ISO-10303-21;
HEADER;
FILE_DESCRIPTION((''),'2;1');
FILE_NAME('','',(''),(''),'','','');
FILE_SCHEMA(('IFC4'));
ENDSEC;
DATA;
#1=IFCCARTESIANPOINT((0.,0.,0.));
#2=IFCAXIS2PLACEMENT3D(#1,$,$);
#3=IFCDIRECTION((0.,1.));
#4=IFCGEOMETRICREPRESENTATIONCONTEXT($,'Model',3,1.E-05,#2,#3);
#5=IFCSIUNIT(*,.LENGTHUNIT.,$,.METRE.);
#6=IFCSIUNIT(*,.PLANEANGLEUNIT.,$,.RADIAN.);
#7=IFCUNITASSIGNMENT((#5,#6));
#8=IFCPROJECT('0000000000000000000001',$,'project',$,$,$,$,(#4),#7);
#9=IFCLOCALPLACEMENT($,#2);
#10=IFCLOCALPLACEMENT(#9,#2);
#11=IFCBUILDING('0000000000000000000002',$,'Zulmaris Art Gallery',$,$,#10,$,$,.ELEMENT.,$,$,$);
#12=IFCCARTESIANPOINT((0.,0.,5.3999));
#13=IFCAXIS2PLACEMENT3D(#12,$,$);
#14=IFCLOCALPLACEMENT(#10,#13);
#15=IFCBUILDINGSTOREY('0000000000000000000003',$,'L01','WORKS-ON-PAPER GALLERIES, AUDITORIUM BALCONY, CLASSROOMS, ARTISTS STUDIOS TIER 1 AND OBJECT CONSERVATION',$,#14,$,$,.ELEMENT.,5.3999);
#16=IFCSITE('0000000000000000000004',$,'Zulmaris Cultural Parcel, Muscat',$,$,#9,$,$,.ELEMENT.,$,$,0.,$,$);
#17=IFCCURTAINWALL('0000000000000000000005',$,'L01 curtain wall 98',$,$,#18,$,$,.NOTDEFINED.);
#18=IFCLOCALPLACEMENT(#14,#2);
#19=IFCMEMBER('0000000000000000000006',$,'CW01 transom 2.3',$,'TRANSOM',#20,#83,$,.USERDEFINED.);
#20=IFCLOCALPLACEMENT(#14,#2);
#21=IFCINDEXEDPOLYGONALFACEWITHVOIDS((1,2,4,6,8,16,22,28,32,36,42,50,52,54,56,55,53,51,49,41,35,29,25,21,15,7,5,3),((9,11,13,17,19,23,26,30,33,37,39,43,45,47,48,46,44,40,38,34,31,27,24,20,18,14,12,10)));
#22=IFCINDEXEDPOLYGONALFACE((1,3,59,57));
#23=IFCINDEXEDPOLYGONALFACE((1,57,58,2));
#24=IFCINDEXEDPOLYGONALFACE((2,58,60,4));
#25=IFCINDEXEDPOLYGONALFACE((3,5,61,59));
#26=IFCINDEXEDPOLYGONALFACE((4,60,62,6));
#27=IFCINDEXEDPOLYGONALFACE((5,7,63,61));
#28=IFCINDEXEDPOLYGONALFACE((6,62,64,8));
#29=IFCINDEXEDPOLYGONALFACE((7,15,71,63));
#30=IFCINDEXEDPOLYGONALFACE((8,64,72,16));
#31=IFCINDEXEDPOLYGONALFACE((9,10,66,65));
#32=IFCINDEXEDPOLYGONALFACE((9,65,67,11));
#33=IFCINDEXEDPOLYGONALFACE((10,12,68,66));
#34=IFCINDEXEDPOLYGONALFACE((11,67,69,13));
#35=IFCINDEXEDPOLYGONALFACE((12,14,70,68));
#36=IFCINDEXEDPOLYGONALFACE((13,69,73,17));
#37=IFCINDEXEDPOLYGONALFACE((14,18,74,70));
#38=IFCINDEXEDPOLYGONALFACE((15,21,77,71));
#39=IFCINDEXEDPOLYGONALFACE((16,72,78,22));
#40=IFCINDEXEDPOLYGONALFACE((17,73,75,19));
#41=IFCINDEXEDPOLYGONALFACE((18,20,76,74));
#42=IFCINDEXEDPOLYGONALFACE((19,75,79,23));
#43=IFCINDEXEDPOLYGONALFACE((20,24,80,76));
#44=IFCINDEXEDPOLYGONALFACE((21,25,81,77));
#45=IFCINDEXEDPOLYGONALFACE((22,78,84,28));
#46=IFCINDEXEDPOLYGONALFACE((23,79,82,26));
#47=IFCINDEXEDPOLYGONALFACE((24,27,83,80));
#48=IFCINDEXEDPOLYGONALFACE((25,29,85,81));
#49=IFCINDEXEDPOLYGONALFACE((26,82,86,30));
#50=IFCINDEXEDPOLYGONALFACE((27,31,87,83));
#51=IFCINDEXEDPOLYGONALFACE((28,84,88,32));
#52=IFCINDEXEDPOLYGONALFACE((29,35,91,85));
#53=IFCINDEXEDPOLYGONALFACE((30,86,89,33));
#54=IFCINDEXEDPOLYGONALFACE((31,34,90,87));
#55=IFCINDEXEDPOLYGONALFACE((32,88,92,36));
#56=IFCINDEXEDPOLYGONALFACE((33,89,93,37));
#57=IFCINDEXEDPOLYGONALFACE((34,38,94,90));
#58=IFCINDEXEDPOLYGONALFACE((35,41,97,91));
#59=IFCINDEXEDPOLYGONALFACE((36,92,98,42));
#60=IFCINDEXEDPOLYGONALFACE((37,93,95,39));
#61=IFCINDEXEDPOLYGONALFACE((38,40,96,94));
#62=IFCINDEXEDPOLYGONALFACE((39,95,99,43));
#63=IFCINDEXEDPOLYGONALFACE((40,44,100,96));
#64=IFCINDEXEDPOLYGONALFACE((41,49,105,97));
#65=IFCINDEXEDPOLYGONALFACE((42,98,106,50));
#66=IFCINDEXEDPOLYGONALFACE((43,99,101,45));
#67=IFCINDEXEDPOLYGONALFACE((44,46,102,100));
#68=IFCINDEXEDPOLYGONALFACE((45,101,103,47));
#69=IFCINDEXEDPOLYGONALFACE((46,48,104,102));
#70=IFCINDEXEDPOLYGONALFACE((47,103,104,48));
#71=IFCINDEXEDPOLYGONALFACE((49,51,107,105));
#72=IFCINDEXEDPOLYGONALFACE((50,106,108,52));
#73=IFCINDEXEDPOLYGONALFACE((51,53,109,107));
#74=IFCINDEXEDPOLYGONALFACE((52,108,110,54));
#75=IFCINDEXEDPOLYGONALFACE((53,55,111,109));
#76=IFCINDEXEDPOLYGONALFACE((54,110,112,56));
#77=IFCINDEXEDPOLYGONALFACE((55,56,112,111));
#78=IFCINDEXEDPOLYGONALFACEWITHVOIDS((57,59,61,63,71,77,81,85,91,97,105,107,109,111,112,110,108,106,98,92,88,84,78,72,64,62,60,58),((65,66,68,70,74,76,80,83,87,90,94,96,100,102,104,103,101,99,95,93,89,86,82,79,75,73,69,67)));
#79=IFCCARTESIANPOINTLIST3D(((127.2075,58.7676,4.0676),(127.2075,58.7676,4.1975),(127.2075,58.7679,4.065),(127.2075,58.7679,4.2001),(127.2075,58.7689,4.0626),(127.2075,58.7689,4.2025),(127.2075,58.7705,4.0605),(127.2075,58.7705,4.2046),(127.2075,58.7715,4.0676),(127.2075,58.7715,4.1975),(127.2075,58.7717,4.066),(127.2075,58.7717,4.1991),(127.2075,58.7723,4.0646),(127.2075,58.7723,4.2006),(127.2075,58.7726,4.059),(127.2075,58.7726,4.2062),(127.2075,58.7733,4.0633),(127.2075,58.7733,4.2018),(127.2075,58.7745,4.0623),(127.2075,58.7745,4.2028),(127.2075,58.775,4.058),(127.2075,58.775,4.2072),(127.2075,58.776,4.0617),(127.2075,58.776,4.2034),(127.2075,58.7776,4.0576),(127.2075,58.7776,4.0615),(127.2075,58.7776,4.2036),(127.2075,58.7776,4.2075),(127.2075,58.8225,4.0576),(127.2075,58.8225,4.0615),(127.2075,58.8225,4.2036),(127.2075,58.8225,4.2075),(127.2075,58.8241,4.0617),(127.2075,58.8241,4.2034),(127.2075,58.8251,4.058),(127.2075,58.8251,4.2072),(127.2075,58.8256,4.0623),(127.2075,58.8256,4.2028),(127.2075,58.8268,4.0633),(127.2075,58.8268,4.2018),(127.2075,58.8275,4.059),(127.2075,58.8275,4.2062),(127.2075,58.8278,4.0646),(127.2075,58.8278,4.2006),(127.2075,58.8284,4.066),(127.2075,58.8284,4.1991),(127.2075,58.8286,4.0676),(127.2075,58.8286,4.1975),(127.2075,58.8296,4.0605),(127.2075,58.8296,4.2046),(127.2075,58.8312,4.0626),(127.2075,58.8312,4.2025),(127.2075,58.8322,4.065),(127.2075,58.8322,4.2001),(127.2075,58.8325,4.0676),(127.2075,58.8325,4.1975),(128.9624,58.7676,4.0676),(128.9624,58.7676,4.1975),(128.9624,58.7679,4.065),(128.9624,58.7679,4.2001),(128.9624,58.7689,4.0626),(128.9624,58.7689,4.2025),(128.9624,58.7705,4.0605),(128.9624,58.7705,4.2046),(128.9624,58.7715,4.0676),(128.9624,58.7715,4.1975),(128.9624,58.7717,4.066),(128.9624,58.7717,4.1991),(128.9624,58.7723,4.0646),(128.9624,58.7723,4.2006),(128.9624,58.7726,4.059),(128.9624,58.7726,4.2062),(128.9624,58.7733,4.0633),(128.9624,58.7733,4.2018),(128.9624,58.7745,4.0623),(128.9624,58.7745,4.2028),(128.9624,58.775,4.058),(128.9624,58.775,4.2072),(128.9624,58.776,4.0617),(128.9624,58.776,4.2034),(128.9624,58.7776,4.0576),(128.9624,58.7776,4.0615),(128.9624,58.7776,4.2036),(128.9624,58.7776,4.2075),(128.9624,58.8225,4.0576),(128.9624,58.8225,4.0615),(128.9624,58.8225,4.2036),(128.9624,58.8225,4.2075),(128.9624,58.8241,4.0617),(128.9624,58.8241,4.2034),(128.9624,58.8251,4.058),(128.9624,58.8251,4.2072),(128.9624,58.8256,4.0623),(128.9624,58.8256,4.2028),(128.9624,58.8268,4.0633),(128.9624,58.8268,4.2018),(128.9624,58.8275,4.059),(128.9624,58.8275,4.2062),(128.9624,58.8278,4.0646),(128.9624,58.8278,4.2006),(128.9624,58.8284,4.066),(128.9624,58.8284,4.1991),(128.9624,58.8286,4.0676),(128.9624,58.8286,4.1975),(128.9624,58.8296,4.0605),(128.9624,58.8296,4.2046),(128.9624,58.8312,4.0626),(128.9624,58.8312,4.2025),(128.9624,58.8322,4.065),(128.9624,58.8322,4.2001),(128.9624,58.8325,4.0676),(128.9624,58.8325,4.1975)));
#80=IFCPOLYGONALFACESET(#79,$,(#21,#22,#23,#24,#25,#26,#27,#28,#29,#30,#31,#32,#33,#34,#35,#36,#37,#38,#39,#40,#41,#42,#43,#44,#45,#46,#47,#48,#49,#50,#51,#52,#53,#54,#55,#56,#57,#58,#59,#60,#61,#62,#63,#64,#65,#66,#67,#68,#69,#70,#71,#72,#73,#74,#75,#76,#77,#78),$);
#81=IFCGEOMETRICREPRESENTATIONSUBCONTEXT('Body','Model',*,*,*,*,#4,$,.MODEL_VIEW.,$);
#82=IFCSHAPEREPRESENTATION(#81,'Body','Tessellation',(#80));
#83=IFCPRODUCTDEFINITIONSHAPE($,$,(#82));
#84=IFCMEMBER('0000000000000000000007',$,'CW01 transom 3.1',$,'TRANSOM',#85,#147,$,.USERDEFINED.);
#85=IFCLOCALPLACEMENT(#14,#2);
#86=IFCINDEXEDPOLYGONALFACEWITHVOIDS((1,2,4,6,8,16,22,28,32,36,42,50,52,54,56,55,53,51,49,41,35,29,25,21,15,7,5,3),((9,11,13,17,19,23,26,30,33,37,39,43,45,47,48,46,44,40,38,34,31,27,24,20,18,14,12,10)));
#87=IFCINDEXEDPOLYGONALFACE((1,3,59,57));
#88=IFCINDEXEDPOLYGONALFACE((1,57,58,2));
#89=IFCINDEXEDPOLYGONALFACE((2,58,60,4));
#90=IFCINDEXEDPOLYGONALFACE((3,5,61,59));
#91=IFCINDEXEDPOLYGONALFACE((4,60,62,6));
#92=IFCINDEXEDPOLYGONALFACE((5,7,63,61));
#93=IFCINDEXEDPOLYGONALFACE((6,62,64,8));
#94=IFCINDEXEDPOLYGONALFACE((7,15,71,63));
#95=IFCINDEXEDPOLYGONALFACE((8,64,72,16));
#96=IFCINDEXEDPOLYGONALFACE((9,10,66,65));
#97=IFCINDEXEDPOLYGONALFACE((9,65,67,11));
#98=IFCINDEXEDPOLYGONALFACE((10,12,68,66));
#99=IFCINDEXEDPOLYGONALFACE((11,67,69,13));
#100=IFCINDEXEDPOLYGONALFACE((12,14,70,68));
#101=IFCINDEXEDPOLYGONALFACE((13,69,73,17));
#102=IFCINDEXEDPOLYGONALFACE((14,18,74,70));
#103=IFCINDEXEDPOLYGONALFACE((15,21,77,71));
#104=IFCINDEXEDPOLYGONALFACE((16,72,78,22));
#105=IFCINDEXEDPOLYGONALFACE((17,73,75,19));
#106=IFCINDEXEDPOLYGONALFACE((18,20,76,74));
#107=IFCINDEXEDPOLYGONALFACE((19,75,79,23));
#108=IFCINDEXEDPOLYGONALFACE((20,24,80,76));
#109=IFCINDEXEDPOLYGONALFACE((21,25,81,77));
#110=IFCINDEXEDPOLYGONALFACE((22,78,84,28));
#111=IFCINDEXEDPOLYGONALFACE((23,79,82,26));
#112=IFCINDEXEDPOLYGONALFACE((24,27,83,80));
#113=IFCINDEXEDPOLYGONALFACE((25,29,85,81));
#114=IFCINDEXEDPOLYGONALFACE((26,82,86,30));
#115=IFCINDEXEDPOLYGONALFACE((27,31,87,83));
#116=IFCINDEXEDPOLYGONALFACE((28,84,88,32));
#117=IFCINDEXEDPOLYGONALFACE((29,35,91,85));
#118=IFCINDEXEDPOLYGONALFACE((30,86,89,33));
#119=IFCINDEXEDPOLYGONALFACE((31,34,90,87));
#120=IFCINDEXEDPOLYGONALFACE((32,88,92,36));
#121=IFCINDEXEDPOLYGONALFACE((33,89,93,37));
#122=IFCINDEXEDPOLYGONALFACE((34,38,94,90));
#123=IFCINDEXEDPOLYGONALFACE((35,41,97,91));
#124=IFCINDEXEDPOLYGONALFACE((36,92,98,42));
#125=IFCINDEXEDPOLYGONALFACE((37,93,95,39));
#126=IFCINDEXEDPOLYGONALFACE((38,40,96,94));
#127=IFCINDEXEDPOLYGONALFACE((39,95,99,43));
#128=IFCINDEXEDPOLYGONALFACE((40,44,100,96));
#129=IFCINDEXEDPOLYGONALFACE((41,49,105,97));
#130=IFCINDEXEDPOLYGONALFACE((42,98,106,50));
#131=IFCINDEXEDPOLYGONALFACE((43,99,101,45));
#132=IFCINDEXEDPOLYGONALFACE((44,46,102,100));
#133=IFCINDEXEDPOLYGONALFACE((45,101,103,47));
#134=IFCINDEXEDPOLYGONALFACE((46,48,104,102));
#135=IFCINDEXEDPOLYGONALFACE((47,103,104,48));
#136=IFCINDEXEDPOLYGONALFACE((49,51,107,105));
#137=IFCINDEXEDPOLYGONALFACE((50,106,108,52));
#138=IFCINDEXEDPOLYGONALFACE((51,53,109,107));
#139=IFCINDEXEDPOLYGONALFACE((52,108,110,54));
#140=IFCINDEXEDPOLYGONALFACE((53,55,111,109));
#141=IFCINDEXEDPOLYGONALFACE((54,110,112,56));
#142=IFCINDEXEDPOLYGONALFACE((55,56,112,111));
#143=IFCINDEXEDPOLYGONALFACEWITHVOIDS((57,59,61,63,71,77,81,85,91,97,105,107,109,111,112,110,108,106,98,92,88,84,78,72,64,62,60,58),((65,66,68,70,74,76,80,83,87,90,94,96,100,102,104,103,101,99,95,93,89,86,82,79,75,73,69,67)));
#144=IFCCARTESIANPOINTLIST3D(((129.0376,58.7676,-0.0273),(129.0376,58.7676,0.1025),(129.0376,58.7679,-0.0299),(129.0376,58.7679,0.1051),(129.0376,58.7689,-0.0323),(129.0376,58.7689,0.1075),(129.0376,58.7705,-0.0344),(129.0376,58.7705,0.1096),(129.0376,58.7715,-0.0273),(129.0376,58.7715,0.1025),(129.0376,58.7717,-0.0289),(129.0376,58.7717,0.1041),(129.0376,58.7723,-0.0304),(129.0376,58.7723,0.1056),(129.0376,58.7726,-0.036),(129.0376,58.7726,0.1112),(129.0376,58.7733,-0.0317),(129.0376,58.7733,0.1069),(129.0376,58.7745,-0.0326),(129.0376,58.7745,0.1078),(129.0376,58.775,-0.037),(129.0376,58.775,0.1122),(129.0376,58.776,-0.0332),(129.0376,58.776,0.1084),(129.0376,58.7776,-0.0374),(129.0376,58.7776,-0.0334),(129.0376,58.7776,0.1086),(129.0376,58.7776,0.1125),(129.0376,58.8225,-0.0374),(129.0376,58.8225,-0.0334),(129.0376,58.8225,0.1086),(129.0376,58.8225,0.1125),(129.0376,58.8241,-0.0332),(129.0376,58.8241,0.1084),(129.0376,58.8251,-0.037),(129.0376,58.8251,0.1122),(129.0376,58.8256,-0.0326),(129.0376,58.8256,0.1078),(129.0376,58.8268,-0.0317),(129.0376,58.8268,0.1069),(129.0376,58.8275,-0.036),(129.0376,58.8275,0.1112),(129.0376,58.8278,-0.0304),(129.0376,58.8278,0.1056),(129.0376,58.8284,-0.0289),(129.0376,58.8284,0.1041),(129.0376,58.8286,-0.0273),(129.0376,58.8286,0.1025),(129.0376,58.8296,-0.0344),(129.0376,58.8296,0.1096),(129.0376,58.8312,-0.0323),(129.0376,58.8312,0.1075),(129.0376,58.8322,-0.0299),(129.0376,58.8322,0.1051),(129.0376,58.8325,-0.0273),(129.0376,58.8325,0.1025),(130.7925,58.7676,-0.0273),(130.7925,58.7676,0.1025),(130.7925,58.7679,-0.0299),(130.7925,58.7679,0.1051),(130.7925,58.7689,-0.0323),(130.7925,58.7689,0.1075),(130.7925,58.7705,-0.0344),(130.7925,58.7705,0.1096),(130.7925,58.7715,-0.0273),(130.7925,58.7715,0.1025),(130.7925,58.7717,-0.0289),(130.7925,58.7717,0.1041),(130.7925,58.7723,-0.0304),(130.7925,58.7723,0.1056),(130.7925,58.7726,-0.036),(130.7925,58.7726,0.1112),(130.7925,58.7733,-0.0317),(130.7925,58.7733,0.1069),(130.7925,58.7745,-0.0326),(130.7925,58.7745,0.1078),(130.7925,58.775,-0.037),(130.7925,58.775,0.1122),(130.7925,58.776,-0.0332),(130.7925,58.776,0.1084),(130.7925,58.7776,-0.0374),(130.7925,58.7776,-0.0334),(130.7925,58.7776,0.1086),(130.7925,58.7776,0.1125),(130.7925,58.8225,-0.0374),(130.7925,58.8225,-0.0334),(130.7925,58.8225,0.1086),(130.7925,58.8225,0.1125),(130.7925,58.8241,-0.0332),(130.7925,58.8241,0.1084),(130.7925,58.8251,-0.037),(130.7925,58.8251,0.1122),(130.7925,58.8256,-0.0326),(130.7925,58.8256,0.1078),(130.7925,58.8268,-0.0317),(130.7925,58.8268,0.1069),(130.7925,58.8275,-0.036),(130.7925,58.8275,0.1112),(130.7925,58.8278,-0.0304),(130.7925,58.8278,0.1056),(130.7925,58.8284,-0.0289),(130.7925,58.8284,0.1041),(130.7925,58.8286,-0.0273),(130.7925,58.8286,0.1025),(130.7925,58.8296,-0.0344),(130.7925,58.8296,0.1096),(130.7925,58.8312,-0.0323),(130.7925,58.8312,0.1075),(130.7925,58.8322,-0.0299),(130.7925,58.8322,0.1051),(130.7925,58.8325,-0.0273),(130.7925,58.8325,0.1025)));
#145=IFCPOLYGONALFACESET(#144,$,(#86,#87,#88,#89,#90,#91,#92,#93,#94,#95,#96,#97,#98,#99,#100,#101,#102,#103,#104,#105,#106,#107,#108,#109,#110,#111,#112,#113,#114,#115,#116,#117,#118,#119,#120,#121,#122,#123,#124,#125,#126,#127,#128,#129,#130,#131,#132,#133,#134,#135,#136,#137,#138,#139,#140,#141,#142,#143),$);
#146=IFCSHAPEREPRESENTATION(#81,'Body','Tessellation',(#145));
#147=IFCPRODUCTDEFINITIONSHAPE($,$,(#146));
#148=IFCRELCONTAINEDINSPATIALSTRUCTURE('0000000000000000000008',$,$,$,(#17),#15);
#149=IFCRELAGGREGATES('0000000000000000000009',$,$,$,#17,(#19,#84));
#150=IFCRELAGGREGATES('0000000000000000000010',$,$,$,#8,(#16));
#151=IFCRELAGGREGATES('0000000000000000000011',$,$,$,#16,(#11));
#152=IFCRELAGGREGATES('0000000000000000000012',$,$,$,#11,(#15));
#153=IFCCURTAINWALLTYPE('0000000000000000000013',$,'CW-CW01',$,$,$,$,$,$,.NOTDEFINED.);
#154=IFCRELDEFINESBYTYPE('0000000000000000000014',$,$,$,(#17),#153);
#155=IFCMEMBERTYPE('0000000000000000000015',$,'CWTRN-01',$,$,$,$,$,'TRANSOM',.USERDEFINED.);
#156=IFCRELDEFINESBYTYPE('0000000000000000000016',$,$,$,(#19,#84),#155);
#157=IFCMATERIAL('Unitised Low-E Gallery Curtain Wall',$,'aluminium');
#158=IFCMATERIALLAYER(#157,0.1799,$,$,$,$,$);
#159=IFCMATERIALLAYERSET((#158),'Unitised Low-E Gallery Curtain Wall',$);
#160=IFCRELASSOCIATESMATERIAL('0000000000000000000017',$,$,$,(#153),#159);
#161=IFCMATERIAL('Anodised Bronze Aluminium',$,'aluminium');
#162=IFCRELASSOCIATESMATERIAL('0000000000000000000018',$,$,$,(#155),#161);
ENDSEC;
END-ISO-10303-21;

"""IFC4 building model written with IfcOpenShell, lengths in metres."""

from ifc_helpers import new_model, si_unit, direction, frame, origin, origin_2d, place, context, subcontext, project, spatial, hollow_rectangle, extrude, material, layer, layer_set, material_profile, profile_set, type_object, element, aggregate, save


model = new_model("IFC4")

# Units and contexts
model_context = context("Model", 3, precision=1e-05, world=origin(), true_north=direction((0.0, 1.0)))
body_context = subcontext(model_context, "Body", "Model", "MODEL_VIEW")
ifc_project = project(units=[si_unit("LENGTHUNIT", "METRE"), si_unit("PLANEANGLEUNIT", "RADIAN")], contexts=[model_context])

# Site, building, storey
site_placement = place(None, origin())
site = spatial("IfcSite", under=ifc_project, at=site_placement, Name="Zulmaris Cultural Parcel, Muscat", CompositionType="ELEMENT", RefElevation=0.0)
building_placement = place(site_placement, origin())
building = spatial("IfcBuilding", under=site, at=building_placement, Name="Zulmaris Art Gallery", CompositionType="ELEMENT")
storey_placement = place(building_placement, frame((0.0, 0.0, 5.3999)))
storey = spatial("IfcBuildingStorey", under=building, at=storey_placement, Name="L01", Description="WORKS-ON-PAPER GALLERIES, AUDITORIUM BALCONY, CLASSROOMS, ARTISTS STUDIOS TIER 1 AND OBJECT CONSERVATION", CompositionType="ELEMENT", Elevation=5.3999)

# Curtain wall
ifc_material_1 = material(Name="Unitised Low-E Gallery Curtain Wall", Category="aluminium")
ifc_layer_1 = layer(ifc_material_1, 0.1799)
ifc_layer_set_1 = layer_set([ifc_layer_1], Name="Unitised Low-E Gallery Curtain Wall")
curtain_wall_type = type_object("IfcCurtainWallType", Name="CW-CW01", PredefinedType="NOTDEFINED", material=ifc_layer_set_1)
curtain_wall_1_placement = place(storey_placement, origin())
curtain_wall_1 = element("IfcCurtainWall", 1, at=curtain_wall_1_placement, inside=storey, type_object=curtain_wall_type, Name="L01 curtain wall 98", PredefinedType="NOTDEFINED")
ifc_material_2 = material(Name="Anodised Bronze Aluminium", Category="aluminium")

# Members
ifc_material_profile_1 = material_profile(ifc_material_2, hollow_rectangle(XDim=0.0649, YDim=0.1499, WallThickness=0.0039, InnerFilletRadius=0.0061, OuterFilletRadius=0.01, at=origin_2d()), Name="ALU 65x150x4")
ifc_profile_set_1 = profile_set([ifc_material_profile_1], Name="Anodised Bronze Aluminium")
member_type_1 = type_object("IfcMemberType", Name="CWTRN-01", ElementType="TRANSOM", PredefinedType="USERDEFINED", material=ifc_profile_set_1)
member_1_placement = place(storey_placement, frame((127.2075, 58.8, 4.1326), z_axis=(1.0, 0.0, 0.0), x_axis=(0.0, 1.0, 0.0)))
member_1 = element("IfcMember", 2, at=member_1_placement, type_object=member_type_1, Name="CW01 transom 2.3", ObjectType="TRANSOM", PredefinedType="USERDEFINED", context=body_context, shape_type="SweptSolid", body=[
    extrude(hollow_rectangle(XDim=0.0649, YDim=0.1499, WallThickness=0.0039, InnerFilletRadius=0.0061, OuterFilletRadius=0.01, at=origin_2d()), origin(), (0.0, 0.0, 1.0), 1.7549),
])
member_2_placement = place(storey_placement, frame((129.0376, 58.8, 0.0376), z_axis=(1.0, 0.0, 0.0), x_axis=(0.0, 1.0, 0.0)))
member_2 = element("IfcMember", 3, at=member_2_placement, type_object=member_type_1, Name="CW01 transom 3.1", ObjectType="TRANSOM", PredefinedType="USERDEFINED", context=body_context, shape_type="SweptSolid", body=[
    extrude(hollow_rectangle(XDim=0.0649, YDim=0.1499, WallThickness=0.0039, InnerFilletRadius=0.0061, OuterFilletRadius=0.01, at=origin_2d()), origin(), (0.0, 0.0, 1.0), 1.7549),
])

aggregate(curtain_wall_1, [member_1, member_2])

save(model, "model.ifc")
